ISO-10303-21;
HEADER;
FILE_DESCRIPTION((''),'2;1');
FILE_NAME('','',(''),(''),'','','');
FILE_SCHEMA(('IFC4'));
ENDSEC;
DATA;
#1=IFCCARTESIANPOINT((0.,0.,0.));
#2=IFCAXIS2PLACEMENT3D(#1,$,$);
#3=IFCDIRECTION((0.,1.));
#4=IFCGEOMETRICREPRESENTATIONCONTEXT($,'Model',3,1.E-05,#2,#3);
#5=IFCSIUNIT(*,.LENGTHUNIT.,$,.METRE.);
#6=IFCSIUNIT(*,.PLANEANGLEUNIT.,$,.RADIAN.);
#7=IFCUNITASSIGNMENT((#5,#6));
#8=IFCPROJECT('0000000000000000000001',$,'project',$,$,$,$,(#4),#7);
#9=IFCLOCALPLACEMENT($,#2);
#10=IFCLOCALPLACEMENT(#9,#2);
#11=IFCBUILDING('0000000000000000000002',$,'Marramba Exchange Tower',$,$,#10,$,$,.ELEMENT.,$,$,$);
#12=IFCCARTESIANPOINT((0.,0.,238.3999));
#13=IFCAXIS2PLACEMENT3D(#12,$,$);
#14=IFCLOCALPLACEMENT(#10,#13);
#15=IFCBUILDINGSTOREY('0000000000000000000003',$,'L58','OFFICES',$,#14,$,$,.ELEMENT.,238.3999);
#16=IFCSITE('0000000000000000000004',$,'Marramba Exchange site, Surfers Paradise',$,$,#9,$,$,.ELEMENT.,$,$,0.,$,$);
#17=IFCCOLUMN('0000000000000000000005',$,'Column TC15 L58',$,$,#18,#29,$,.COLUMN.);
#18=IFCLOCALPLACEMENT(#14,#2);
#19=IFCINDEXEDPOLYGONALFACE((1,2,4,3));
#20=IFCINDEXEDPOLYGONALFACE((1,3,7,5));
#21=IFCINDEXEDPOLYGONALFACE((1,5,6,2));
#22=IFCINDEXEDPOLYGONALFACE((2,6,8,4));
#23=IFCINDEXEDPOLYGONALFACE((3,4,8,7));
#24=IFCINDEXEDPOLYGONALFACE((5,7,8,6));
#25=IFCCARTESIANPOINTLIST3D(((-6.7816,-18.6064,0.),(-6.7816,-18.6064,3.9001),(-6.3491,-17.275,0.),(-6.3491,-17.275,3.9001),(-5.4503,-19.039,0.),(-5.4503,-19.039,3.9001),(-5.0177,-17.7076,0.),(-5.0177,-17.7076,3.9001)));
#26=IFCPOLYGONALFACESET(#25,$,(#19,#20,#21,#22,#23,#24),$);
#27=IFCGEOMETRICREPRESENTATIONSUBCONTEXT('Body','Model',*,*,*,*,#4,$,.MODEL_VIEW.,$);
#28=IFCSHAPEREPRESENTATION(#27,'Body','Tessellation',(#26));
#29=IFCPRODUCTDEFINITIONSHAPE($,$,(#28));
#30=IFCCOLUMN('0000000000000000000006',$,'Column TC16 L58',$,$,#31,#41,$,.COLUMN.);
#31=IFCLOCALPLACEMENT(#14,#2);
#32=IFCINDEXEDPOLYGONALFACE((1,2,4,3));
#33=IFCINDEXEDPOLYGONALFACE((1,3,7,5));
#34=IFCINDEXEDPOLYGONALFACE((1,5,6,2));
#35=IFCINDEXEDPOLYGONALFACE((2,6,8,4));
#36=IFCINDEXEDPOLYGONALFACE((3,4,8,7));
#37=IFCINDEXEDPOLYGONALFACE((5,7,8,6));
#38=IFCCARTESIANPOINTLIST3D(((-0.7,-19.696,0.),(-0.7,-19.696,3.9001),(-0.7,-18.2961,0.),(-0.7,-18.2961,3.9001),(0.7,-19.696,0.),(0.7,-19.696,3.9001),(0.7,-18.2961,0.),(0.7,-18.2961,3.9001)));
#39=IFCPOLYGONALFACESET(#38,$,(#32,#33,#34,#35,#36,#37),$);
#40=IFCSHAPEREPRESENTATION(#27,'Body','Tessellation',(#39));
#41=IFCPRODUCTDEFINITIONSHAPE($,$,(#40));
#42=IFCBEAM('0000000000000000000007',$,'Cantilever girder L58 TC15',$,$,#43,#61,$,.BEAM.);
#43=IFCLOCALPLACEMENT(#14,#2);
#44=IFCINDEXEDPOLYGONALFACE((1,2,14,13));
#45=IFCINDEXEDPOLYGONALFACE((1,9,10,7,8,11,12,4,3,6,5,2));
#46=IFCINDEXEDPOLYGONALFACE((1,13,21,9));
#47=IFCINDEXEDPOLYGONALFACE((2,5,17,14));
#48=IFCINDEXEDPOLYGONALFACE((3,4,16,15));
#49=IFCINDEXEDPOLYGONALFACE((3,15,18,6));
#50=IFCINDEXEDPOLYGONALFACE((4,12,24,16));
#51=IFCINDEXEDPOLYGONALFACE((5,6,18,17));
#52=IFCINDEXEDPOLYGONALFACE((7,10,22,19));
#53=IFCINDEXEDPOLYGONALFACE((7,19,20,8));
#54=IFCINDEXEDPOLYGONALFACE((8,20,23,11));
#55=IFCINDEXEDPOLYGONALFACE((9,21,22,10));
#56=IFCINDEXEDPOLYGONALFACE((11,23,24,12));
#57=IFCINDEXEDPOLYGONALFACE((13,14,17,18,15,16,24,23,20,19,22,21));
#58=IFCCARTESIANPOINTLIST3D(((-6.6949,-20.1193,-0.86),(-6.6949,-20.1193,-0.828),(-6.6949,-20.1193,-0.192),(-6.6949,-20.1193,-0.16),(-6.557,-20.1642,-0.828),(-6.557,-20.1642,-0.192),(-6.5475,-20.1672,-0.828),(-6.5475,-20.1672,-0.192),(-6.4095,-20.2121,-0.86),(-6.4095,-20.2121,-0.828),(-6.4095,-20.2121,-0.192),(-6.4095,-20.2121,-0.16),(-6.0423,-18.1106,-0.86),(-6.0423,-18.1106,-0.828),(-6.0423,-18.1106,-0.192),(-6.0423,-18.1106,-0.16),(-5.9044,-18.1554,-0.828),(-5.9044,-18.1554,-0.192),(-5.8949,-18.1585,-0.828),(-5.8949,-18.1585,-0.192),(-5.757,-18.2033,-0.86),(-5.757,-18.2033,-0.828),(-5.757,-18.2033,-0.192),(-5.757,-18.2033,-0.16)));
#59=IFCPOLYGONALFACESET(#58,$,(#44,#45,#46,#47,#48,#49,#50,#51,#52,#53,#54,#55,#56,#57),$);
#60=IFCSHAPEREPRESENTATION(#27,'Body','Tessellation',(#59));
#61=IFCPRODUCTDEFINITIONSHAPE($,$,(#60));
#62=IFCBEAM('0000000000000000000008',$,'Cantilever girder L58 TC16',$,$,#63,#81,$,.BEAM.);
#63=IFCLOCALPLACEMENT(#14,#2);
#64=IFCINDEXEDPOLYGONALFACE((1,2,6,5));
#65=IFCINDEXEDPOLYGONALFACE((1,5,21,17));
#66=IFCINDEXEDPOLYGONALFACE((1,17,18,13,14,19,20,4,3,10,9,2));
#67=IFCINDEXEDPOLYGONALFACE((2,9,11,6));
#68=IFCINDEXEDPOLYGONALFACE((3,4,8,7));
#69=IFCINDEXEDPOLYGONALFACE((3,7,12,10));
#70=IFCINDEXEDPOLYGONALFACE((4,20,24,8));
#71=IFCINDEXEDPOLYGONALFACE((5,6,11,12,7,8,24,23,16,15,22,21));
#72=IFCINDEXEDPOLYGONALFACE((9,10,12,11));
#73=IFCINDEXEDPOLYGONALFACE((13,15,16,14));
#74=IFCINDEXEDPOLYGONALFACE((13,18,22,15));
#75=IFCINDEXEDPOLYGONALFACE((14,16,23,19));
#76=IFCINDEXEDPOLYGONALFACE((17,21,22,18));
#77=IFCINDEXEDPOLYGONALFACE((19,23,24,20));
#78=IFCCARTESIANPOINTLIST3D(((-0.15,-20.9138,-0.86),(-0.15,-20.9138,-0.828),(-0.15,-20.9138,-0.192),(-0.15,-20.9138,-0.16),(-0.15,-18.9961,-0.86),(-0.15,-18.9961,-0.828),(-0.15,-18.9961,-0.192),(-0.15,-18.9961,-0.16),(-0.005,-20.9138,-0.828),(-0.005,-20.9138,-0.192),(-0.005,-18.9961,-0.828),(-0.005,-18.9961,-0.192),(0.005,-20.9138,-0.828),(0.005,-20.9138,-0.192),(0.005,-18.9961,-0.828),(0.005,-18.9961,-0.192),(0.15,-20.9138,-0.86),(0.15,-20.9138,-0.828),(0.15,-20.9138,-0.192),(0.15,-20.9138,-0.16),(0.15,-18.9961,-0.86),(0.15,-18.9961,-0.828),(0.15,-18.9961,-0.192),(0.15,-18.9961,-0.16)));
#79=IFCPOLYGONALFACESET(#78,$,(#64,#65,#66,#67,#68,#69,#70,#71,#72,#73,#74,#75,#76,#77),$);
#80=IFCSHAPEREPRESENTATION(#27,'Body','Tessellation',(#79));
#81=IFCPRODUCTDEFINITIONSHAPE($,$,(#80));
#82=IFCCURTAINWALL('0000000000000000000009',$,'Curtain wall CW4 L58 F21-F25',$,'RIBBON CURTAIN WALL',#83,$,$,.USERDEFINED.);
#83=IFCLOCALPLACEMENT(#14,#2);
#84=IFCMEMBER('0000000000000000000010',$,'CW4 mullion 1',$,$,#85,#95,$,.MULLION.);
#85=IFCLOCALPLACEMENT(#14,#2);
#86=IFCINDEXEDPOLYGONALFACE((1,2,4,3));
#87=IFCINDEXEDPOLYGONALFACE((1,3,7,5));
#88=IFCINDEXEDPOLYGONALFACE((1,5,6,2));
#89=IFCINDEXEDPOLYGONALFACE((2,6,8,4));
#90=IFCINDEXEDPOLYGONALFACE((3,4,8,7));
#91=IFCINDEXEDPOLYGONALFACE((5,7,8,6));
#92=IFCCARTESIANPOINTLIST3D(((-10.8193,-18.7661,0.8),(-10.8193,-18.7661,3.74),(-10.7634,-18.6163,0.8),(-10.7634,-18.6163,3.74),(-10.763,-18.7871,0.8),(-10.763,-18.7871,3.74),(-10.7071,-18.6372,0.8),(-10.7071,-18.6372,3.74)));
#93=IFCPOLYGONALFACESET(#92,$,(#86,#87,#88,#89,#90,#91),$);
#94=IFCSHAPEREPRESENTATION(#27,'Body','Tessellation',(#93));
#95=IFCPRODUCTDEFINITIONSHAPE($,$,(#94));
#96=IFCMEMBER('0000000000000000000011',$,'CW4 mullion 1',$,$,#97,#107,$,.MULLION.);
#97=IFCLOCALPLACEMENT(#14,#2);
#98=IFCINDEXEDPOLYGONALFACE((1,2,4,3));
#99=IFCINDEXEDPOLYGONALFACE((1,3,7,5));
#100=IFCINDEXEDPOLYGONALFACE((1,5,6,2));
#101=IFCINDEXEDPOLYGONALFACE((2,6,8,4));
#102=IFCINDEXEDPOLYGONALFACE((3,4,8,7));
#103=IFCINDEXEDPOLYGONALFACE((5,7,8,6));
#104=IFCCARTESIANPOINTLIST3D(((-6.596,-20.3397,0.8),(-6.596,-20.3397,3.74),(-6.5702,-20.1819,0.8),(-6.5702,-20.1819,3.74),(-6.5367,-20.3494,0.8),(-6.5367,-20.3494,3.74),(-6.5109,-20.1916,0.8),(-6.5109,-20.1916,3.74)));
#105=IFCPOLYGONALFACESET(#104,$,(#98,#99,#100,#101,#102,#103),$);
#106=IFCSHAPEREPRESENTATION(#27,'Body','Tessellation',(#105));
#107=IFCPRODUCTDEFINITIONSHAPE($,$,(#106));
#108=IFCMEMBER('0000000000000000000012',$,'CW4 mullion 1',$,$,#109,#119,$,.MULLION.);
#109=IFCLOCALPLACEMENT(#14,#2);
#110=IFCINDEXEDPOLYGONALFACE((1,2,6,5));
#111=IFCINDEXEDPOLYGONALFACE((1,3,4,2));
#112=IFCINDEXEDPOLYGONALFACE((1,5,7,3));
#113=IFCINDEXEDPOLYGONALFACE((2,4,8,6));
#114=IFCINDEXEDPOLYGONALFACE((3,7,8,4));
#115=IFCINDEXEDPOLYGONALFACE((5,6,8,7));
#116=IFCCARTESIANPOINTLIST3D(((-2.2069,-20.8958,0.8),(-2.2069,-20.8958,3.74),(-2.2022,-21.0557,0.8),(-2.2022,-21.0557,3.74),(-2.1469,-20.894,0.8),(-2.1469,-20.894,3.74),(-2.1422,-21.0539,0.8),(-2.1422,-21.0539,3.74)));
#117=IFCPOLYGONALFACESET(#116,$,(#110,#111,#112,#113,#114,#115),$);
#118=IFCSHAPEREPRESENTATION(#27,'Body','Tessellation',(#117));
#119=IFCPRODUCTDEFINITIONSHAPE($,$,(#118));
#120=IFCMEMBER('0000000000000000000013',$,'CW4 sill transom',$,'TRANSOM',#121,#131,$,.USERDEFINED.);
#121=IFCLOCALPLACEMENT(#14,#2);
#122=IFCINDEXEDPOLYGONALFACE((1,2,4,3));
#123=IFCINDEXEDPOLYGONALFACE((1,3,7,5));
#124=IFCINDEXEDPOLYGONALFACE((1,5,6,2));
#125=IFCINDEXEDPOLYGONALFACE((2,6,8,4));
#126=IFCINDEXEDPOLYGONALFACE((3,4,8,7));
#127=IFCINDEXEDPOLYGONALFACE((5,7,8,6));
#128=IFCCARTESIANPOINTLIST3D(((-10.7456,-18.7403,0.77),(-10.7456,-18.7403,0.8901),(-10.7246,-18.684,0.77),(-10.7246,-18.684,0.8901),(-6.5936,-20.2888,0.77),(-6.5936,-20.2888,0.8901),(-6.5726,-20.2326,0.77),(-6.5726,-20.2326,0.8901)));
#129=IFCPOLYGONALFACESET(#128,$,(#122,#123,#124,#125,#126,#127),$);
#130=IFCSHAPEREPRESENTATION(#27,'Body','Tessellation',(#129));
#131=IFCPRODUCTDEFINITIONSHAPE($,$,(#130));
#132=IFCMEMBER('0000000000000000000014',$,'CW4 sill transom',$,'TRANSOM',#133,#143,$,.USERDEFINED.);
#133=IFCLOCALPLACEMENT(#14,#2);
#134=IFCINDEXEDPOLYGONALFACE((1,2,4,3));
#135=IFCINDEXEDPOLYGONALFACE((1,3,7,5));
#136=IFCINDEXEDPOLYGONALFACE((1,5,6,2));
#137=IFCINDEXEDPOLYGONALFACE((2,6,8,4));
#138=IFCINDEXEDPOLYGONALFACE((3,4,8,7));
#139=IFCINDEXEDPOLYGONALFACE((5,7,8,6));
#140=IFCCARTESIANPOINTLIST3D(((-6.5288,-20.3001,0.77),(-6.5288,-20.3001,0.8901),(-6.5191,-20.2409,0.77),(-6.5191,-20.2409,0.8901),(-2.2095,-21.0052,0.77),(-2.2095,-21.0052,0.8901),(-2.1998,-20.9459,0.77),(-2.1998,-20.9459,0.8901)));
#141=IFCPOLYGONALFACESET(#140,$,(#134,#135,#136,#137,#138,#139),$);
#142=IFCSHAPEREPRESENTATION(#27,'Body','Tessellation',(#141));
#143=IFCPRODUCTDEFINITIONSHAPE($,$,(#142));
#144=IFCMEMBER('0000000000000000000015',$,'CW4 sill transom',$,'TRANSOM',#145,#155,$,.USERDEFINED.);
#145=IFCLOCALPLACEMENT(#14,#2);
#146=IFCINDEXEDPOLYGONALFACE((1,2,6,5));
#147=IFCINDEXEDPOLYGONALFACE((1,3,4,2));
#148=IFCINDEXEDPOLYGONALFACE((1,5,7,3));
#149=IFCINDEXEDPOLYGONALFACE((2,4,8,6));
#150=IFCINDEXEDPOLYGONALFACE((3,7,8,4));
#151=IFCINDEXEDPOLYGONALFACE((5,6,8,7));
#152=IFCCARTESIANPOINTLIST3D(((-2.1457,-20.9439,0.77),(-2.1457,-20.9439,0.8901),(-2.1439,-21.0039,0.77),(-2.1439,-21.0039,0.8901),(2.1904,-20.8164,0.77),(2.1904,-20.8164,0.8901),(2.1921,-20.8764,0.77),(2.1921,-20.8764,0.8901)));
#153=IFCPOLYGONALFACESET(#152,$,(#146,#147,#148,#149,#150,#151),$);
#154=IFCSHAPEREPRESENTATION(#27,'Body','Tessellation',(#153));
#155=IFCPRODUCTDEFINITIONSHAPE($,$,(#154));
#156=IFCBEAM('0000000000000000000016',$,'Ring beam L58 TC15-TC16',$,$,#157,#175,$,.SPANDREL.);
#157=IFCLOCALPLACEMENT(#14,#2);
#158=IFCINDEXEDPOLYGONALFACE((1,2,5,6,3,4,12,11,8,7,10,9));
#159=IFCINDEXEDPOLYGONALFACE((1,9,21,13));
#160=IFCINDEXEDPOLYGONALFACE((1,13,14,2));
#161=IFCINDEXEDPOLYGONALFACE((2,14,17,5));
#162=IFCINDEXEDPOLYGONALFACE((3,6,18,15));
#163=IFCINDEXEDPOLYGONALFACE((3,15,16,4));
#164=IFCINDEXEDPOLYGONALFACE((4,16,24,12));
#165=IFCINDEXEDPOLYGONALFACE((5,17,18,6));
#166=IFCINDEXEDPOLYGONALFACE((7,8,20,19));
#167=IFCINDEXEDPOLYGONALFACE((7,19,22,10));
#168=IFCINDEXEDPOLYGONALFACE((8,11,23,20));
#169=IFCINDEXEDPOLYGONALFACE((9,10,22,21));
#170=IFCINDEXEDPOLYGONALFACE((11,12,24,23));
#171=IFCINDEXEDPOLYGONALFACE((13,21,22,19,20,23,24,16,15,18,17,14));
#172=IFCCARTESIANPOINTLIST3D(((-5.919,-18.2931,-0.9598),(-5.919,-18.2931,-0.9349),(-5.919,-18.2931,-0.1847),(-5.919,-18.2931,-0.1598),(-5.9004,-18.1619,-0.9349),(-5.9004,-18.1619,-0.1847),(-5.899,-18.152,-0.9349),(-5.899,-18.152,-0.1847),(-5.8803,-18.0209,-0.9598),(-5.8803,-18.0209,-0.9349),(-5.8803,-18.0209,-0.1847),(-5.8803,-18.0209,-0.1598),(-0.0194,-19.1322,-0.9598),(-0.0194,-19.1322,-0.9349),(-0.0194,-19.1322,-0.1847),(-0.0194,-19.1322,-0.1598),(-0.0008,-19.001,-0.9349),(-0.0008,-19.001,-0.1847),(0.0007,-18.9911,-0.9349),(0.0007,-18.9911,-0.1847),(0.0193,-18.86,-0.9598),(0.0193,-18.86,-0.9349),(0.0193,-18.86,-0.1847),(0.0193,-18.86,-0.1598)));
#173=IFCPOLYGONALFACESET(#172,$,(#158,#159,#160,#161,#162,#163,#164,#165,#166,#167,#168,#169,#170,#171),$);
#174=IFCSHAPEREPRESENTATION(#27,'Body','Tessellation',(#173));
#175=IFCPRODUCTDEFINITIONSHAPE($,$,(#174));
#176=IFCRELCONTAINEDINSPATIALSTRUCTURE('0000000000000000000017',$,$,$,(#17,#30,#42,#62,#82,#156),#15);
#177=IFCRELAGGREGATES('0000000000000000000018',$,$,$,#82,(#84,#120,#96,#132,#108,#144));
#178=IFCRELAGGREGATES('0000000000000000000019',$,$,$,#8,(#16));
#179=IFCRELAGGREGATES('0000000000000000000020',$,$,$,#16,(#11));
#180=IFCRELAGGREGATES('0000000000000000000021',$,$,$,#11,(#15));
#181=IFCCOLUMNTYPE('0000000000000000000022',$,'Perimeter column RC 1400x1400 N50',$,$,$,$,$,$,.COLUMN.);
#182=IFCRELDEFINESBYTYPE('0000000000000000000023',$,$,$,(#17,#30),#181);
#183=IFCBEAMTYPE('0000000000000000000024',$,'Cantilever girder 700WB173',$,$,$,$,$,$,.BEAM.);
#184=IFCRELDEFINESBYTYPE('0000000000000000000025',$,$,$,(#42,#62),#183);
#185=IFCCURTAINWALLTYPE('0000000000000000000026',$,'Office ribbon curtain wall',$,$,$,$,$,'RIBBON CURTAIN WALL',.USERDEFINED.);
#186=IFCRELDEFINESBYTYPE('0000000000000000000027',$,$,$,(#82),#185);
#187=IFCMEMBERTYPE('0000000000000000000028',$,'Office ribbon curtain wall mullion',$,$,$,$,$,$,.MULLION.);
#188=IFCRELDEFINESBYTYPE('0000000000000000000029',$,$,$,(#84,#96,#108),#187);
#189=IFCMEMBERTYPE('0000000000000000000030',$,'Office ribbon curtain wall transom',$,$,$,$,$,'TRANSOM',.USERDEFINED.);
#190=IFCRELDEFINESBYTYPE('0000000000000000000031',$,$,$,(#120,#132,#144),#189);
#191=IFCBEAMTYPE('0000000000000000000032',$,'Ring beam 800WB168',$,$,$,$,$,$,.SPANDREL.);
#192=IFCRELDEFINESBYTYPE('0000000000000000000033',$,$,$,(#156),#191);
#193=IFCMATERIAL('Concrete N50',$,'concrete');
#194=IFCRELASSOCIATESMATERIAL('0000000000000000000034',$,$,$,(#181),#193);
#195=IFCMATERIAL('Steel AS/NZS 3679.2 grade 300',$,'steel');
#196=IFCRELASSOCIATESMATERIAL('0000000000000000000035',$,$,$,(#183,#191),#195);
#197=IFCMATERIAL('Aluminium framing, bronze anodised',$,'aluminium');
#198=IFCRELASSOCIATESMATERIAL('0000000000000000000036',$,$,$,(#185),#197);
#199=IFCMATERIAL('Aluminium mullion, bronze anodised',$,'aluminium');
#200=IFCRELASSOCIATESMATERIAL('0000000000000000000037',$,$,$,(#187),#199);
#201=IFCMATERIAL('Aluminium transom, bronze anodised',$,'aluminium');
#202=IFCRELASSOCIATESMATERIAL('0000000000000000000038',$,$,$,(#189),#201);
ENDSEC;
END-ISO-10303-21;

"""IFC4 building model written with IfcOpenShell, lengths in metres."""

from ifc_helpers import new_model, si_unit, direction, frame, origin, origin_2d, place, context, subcontext, project, spatial, rectangle, i_section, extrude, material, material_profile, profile_set, type_object, element, aggregate, save


model = new_model("IFC4")

# Units and contexts
model_context = context("Model", 3, precision=1e-05, world=origin(), true_north=direction((0.0, 1.0)))
body_context = subcontext(model_context, "Body", "Model", "MODEL_VIEW")
ifc_project = project(units=[si_unit("LENGTHUNIT", "METRE"), si_unit("PLANEANGLEUNIT", "RADIAN")], contexts=[model_context])

# Site, building, storey
site_placement = place(None, origin())
site = spatial("IfcSite", under=ifc_project, at=site_placement, Name="Marramba Exchange site, Surfers Paradise", CompositionType="ELEMENT", RefElevation=0.0)
building_placement = place(site_placement, origin())
building = spatial("IfcBuilding", under=site, at=building_placement, Name="Marramba Exchange Tower", CompositionType="ELEMENT")
storey_placement = place(building_placement, frame((0.0, 0.0, 238.3999)))
storey = spatial("IfcBuildingStorey", under=building, at=storey_placement, Name="L58", Description="OFFICES", CompositionType="ELEMENT", Elevation=238.3999)

# Columns
ifc_material_1 = material(Name="Concrete N50", Category="concrete")
ifc_material_profile_1 = material_profile(ifc_material_1, rectangle(XDim=1.3999, YDim=1.3999, at=origin_2d()), Name="RC 1400x1400")
ifc_profile_set_1 = profile_set([ifc_material_profile_1], Name="Concrete N50")
column_type = type_object("IfcColumnType", Name="Perimeter column RC 1400x1400 N50", PredefinedType="COLUMN", material=ifc_profile_set_1)
for number, where, z_axis, x_axis, name in (
    (1, (-5.8997, -18.157, 0.0), (0.0, 0.0, 1.0), (-0.309017, -0.951057, 0.0), "Column TC15 L58"),
    (2, (0.0, -18.9961, 0.0), (0.0, 0.0, 1.0), (0.0, -1.0, 0.0), "Column TC16 L58"),
):
    element("IfcColumn", number, at=place(storey_placement, frame(where, z_axis=z_axis, x_axis=x_axis)), inside=storey, type_object=column_type, Name=name, PredefinedType="COLUMN", context=body_context, shape_type="SweptSolid", body=[
        extrude(rectangle(XDim=1.3999, YDim=1.3999, at=origin_2d()), origin(), (0.0, 0.0, 1.0), 3.9001),
    ])

# Beams
ifc_material_2 = material(Name="Steel AS/NZS 3679.2 grade 300", Category="steel")
ifc_material_profile_2 = material_profile(ifc_material_2, i_section(OverallWidth=0.3, OverallDepth=0.7, WebThickness=0.01, FlangeThickness=0.032, at=origin_2d()), Name="700WB173")
ifc_profile_set_2 = profile_set([ifc_material_profile_2], Name="Steel AS/NZS 3679.2 grade 300")
beam_type_1 = type_object("IfcBeamType", Name="Cantilever girder 700WB173", PredefinedType="BEAM", material=ifc_profile_set_2)
beam_1_placement = place(storey_placement, frame((-5.8997, -18.157, -0.51), z_axis=(-0.308971, -0.951071, 0.0), x_axis=(0.951071, -0.308971, 0.0)))
element("IfcBeam", 3, at=beam_1_placement, inside=storey, type_object=beam_type_1, Name="Cantilever girder L58 TC15", PredefinedType="BEAM", context=body_context, shape_type="SweptSolid", body=[
    extrude(i_section(OverallWidth=0.3, OverallDepth=0.7, WebThickness=0.01, FlangeThickness=0.032, at=origin_2d()), origin(), (0.0, 0.0, 1.0), 2.1121),
])
beam_2_placement = place(storey_placement, frame((0.0, -18.9961, -0.51), z_axis=(0.0, -1.0, 0.0), x_axis=(1.0, 0.0, 0.0)))
element("IfcBeam", 4, at=beam_2_placement, inside=storey, type_object=beam_type_1, Name="Cantilever girder L58 TC16", PredefinedType="BEAM", context=body_context, shape_type="SweptSolid", body=[
    extrude(i_section(OverallWidth=0.3, OverallDepth=0.7, WebThickness=0.01, FlangeThickness=0.032, at=origin_2d()), origin(), (0.0, 0.0, 1.0), 1.9177),
])

# Curtain wall, members
ifc_material_3 = material(Name="Aluminium framing, bronze anodised", Category="aluminium")
curtain_wall_type = type_object("IfcCurtainWallType", Name="Office ribbon curtain wall", ElementType="RIBBON CURTAIN WALL", PredefinedType="USERDEFINED", material=ifc_material_3)
curtain_wall_placement = place(storey_placement, origin())
curtain_wall = element("IfcCurtainWall", 5, at=curtain_wall_placement, inside=storey, type_object=curtain_wall_type, Name="Curtain wall CW4 L58 F21-F25", ObjectType="RIBBON CURTAIN WALL", PredefinedType="USERDEFINED")
ifc_material_4 = material(Name="Aluminium mullion, bronze anodised", Category="aluminium")
ifc_material_profile_3 = material_profile(ifc_material_4, rectangle(XDim=0.1599, YDim=0.0601, at=origin_2d()), Name="CW4 mullion 60x160")
ifc_profile_set_3 = profile_set([ifc_material_profile_3], Name="Aluminium mullion, bronze anodised")
member_type_1 = type_object("IfcMemberType", Name="Office ribbon curtain wall mullion", PredefinedType="MULLION", material=ifc_profile_set_3)
member_1_placement = place(storey_placement, frame((-10.7632, -18.7017, 0.8), z_axis=(0.0, 0.0, 1.0), x_axis=(0.349459, 0.936952, 0.0)))
member_1 = element("IfcMember", 6, at=member_1_placement, type_object=member_type_1, Name="CW4 mullion 1", PredefinedType="MULLION", context=body_context, shape_type="SweptSolid", body=[
    extrude(rectangle(XDim=0.1599, YDim=0.0601, at=origin_2d()), origin(), (0.0, 0.0, 1.0), 2.9399),
])
member_2_placement = place(storey_placement, frame((-6.5535, -20.2656, 0.8), z_axis=(0.0, 0.0, 1.0), x_axis=(0.161146, 0.986931, 0.0)))
member_2 = element("IfcMember", 7, at=member_2_placement, type_object=member_type_1, Name="CW4 mullion 1", PredefinedType="MULLION", context=body_context, shape_type="SweptSolid", body=[
    extrude(rectangle(XDim=0.1599, YDim=0.0601, at=origin_2d()), origin(), (0.0, 0.0, 1.0), 2.9399),
])
member_3_placement = place(storey_placement, frame((-2.1746, -20.9749, 0.8), z_axis=(0.0, 0.0, 1.0), x_axis=(-0.029393, 0.999568, 0.0)))
member_3 = element("IfcMember", 8, at=member_3_placement, type_object=member_type_1, Name="CW4 mullion 1", PredefinedType="MULLION", context=body_context, shape_type="SweptSolid", body=[
    extrude(rectangle(XDim=0.1599, YDim=0.0601, at=origin_2d()), origin(), (0.0, 0.0, 1.0), 2.9399),
])
ifc_material_5 = material(Name="Aluminium transom, bronze anodised", Category="aluminium")
ifc_material_profile_4 = material_profile(ifc_material_5, rectangle(XDim=0.0601, YDim=0.1201, at=origin_2d()), Name="CW4 transom 60x120")
ifc_profile_set_4 = profile_set([ifc_material_profile_4], Name="Aluminium transom, bronze anodised")
member_type_2 = type_object("IfcMemberType", Name="Office ribbon curtain wall transom", ElementType="TRANSOM", PredefinedType="USERDEFINED", material=ifc_profile_set_4)
member_4_placement = place(storey_placement, frame((-10.7351, -18.7122, 0.8301), z_axis=(0.936955, -0.34945, 0.0), x_axis=(0.34945, 0.936955, 0.0)))
member_4 = element("IfcMember", 9, at=member_4_placement, type_object=member_type_2, Name="CW4 sill transom", ObjectType="TRANSOM", PredefinedType="USERDEFINED", context=body_context, shape_type="SweptSolid", body=[
    extrude(rectangle(XDim=0.0601, YDim=0.1201, at=origin_2d()), origin(), (0.0, 0.0, 1.0), 4.4314),
])
member_5_placement = place(storey_placement, frame((-6.5239, -20.2705, 0.8301), z_axis=(0.986937, -0.161105, 0.0), x_axis=(0.161105, 0.986937, 0.0)))
member_5 = element("IfcMember", 10, at=member_5_placement, type_object=member_type_2, Name="CW4 sill transom", ObjectType="TRANSOM", PredefinedType="USERDEFINED", context=body_context, shape_type="SweptSolid", body=[
    extrude(rectangle(XDim=0.0601, YDim=0.1201, at=origin_2d()), origin(), (0.0, 0.0, 1.0), 4.3765),
])
member_6_placement = place(storey_placement, frame((-2.1448, -20.9739, 0.8301), z_axis=(0.999568, 0.029379, 0.0), x_axis=(-0.029379, 0.999568, 0.0)))
member_6 = element("IfcMember", 11, at=member_6_placement, type_object=member_type_2, Name="CW4 sill transom", ObjectType="TRANSOM", PredefinedType="USERDEFINED", context=body_context, shape_type="SweptSolid", body=[
    extrude(rectangle(XDim=0.0601, YDim=0.1201, at=origin_2d()), origin(), (0.0, 0.0, 1.0), 4.3379),
])

# Beam
ifc_material_profile_5 = material_profile(ifc_material_2, i_section(OverallWidth=0.2749, OverallDepth=0.8, WebThickness=0.01, FlangeThickness=0.0249, at=origin_2d()), Name="800WB168")
ifc_profile_set_5 = profile_set([ifc_material_profile_5], Name="Steel AS/NZS 3679.2 grade 300")
beam_type_2 = type_object("IfcBeamType", Name="Ring beam 800WB168", PredefinedType="SPANDREL", material=ifc_profile_set_5)
for number, where, z_axis, x_axis, name in (
    (12, (-5.8997, -18.157, -0.5598), (0.990036, -0.140813, 0.0), (0.140813, 0.990036, 0.0), "Ring beam L58 TC15-TC16"),
):
    element("IfcBeam", number, at=place(storey_placement, frame(where, z_axis=z_axis, x_axis=x_axis)), inside=storey, type_object=beam_type_2, Name=name, PredefinedType="SPANDREL", context=body_context, shape_type="SweptSolid", body=[
        extrude(i_section(OverallWidth=0.2749, OverallDepth=0.8, WebThickness=0.01, FlangeThickness=0.0249, at=origin_2d()), origin(), (0.0, 0.0, 1.0), 5.959),
    ])

aggregate(curtain_wall, [member_1, member_4, member_2, member_5, member_3, member_6])

save(model, "model.ifc")
